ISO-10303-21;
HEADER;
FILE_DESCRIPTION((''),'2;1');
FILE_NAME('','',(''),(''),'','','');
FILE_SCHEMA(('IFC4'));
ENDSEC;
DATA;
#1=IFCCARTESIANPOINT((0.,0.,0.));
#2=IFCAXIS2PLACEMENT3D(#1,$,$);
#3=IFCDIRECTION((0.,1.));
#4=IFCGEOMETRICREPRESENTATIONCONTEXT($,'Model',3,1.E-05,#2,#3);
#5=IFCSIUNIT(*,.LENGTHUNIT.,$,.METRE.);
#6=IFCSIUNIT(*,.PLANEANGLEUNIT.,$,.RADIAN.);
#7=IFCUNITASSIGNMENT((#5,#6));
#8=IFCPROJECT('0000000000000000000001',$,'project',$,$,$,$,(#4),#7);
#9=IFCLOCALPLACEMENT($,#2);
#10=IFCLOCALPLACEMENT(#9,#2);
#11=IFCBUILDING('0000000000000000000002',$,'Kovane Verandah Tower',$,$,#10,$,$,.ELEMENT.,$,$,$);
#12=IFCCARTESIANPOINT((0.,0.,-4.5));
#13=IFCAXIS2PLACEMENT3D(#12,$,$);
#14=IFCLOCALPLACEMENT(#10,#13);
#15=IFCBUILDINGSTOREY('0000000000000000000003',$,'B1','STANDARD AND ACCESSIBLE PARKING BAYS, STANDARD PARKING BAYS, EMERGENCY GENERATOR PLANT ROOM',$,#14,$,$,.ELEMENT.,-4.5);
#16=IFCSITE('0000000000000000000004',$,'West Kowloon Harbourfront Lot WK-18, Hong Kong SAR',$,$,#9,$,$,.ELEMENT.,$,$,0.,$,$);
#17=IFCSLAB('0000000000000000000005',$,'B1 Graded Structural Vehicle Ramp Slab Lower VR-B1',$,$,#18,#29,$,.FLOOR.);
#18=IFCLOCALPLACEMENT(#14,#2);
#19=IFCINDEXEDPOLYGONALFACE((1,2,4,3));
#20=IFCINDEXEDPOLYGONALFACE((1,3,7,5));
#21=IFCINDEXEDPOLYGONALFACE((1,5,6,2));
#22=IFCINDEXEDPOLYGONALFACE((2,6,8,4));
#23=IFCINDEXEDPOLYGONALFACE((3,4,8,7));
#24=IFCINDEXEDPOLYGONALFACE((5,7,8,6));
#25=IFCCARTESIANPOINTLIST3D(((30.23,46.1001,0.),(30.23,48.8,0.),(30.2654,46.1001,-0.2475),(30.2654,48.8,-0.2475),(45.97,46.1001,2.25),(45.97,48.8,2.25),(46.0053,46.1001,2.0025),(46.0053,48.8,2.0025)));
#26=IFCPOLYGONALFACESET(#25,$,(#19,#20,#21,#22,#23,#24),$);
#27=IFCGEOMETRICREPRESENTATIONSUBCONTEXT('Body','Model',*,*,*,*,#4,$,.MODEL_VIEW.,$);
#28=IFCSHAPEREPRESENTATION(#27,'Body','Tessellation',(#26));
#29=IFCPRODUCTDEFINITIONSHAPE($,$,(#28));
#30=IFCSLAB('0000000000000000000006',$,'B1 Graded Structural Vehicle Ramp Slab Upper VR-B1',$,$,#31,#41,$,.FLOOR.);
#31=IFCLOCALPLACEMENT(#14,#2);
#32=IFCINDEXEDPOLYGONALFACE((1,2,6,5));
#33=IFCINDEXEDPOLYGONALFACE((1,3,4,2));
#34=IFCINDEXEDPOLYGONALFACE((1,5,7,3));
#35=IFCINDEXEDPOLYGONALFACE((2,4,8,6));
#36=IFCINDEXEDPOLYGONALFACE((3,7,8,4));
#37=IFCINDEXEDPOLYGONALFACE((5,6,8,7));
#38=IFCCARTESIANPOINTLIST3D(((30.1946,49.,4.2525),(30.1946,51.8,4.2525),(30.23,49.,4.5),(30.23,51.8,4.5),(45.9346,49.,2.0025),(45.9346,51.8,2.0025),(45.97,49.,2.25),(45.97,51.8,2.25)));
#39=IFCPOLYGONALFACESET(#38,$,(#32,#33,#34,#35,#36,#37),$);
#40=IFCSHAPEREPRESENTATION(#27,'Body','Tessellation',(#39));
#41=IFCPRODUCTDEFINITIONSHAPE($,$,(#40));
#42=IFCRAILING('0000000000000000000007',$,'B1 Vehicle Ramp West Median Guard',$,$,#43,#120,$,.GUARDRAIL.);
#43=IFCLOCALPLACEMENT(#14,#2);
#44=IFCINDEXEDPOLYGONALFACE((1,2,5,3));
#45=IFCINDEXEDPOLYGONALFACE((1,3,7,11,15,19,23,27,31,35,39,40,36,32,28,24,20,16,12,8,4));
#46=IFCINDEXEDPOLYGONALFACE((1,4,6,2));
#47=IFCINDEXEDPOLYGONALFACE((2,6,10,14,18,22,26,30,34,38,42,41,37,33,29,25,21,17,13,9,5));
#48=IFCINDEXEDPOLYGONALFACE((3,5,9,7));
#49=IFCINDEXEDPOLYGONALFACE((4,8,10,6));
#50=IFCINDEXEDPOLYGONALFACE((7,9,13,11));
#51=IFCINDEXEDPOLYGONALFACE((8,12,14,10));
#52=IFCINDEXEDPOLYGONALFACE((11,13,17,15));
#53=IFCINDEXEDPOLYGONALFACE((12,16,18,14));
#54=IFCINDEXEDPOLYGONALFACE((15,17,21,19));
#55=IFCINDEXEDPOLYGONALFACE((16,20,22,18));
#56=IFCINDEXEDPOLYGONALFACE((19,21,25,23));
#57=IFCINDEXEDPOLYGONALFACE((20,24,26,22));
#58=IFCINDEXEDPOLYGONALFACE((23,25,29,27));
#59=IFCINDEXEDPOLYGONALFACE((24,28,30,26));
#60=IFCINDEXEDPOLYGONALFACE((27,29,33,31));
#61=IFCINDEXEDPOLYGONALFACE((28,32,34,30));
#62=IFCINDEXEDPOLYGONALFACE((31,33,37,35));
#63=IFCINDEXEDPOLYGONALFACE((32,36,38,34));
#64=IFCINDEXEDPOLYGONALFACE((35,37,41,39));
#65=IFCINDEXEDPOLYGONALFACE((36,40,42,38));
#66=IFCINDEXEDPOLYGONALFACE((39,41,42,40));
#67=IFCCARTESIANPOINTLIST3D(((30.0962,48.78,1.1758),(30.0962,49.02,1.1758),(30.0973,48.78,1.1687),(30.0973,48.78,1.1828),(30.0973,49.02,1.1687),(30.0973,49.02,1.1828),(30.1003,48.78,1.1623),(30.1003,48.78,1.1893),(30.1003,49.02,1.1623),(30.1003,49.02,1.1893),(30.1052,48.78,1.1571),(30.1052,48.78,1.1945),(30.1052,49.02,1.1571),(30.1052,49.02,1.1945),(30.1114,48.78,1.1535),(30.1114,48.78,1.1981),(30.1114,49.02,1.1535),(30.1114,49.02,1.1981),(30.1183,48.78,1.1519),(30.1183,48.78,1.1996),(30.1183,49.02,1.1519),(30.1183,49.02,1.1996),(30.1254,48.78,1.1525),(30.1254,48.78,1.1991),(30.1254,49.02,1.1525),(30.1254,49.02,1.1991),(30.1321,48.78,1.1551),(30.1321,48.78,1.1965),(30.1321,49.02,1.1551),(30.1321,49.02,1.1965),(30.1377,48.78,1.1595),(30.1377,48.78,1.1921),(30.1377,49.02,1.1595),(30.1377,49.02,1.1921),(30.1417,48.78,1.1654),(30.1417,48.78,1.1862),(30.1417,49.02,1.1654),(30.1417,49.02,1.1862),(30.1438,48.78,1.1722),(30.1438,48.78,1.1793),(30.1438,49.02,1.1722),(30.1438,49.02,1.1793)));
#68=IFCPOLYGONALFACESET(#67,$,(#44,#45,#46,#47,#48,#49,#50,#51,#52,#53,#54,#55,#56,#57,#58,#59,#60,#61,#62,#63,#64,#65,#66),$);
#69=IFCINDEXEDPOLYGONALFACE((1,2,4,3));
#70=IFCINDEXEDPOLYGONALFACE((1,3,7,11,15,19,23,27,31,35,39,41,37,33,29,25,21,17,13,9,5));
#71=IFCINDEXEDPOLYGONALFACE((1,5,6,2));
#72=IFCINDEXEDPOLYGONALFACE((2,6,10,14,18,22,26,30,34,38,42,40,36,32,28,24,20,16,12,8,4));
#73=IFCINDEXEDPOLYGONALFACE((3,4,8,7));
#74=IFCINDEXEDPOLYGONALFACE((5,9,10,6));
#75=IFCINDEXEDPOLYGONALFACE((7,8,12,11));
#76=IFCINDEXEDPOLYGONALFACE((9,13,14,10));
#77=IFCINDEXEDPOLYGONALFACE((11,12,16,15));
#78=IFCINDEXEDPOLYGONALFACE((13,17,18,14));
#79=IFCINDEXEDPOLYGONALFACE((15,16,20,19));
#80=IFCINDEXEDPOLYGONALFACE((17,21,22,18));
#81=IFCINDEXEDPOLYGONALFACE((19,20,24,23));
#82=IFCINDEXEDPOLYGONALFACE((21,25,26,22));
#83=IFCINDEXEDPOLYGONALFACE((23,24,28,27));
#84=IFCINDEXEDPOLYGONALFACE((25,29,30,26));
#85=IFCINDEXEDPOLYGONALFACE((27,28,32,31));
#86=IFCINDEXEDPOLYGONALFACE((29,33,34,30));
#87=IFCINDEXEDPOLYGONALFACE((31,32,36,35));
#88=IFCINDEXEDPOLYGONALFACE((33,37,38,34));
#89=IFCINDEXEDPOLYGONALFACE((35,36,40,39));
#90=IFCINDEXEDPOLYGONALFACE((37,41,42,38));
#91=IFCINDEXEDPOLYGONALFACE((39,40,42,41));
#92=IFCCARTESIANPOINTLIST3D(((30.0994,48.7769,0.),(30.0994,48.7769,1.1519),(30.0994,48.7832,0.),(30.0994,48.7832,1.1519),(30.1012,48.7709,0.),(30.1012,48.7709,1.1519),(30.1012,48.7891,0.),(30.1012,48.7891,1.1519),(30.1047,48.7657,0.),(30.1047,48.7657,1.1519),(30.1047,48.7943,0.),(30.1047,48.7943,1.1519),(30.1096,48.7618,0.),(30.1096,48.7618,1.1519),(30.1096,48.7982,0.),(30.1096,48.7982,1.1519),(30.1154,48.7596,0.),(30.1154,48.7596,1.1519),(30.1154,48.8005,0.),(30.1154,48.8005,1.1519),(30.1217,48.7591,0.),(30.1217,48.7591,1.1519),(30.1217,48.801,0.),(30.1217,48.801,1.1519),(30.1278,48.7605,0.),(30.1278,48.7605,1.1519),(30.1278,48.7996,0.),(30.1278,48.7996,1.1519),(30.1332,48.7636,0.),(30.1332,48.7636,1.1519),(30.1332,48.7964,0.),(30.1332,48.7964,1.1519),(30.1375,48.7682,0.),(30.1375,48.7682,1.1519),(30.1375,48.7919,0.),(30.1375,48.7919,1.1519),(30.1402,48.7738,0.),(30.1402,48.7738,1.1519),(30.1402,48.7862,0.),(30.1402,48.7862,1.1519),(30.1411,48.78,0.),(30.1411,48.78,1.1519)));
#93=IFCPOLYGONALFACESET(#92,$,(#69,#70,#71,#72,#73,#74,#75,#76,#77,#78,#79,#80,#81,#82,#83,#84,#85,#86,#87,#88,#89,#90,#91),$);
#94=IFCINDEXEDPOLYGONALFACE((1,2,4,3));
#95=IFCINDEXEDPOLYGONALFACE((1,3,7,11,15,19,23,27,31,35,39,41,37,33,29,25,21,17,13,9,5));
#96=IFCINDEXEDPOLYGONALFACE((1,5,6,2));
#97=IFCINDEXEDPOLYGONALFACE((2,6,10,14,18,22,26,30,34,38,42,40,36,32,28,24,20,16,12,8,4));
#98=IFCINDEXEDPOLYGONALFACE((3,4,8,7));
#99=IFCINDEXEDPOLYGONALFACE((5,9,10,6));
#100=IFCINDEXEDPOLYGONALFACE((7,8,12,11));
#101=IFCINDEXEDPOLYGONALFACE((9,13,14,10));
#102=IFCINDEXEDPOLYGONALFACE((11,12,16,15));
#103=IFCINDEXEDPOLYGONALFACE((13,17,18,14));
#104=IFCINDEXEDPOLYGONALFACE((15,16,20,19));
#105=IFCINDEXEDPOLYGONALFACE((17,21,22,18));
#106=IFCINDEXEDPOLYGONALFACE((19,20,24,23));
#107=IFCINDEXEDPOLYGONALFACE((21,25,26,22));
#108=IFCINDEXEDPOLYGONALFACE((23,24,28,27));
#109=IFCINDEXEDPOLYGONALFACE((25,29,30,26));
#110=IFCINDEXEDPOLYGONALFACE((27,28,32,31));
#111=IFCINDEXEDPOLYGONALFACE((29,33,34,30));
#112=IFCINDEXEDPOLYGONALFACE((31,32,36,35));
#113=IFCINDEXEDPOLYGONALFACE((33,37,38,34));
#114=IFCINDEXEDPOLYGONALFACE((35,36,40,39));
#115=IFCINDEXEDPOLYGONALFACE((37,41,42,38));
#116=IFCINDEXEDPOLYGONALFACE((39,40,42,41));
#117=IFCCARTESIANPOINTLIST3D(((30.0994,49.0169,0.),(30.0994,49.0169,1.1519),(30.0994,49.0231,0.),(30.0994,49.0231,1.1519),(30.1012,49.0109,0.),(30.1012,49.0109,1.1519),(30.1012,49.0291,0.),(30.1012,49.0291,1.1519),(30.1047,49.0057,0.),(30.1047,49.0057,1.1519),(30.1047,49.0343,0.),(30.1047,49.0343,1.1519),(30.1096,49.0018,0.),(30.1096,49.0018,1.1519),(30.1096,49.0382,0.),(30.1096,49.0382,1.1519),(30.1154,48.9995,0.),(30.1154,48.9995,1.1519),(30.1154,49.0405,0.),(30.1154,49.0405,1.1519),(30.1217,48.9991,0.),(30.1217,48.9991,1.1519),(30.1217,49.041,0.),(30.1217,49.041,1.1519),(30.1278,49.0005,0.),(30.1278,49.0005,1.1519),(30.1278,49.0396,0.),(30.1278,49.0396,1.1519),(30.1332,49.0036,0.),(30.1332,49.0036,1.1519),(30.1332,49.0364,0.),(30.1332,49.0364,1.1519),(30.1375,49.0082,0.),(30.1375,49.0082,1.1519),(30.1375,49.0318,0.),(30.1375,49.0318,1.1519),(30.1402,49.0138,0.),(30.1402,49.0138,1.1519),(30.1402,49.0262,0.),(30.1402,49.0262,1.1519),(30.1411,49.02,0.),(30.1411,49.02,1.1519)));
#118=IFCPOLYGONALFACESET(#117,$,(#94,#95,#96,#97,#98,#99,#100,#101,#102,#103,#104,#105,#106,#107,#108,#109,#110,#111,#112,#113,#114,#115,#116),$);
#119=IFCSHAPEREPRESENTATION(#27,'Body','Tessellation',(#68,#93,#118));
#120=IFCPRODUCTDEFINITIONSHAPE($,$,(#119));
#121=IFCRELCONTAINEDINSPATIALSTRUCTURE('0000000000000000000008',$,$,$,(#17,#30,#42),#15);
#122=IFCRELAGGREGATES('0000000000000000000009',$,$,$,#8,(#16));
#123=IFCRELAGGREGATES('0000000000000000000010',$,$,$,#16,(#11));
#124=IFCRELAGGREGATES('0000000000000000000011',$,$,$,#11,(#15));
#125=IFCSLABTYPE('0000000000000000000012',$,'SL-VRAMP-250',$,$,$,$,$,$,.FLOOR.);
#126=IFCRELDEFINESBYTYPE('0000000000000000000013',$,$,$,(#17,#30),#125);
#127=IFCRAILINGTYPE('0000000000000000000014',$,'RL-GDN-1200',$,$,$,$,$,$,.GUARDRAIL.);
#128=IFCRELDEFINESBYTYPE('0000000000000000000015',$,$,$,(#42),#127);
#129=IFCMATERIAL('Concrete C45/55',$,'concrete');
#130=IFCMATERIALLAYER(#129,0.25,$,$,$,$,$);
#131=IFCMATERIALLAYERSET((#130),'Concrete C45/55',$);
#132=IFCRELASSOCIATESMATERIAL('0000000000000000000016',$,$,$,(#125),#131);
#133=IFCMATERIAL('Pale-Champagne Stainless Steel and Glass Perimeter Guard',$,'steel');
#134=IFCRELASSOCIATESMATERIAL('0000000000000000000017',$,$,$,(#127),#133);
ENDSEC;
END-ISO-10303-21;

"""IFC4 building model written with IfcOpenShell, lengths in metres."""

from ifc_helpers import new_model, si_unit, direction, frame, origin, origin_2d, place, context, subcontext, project, spatial, polyline, circle, outline, extrude, material, layer, layer_set, type_object, element, save


model = new_model("IFC4")

# Units and contexts
model_context = context("Model", 3, precision=1e-05, world=origin(), true_north=direction((0.0, 1.0)))
body_context = subcontext(model_context, "Body", "Model", "MODEL_VIEW")
ifc_project = project(units=[si_unit("LENGTHUNIT", "METRE"), si_unit("PLANEANGLEUNIT", "RADIAN")], contexts=[model_context])

# Site, building, storey
site_placement = place(None, origin())
site = spatial("IfcSite", under=ifc_project, at=site_placement, Name="West Kowloon Harbourfront Lot WK-18, Hong Kong SAR", CompositionType="ELEMENT", RefElevation=0.0)
building_placement = place(site_placement, origin())
building = spatial("IfcBuilding", under=site, at=building_placement, Name="Kovane Verandah Tower", CompositionType="ELEMENT")
storey_placement = place(building_placement, frame((0.0, 0.0, -4.5)))
storey = spatial("IfcBuildingStorey", under=building, at=storey_placement, Name="B1", Description="STANDARD AND ACCESSIBLE PARKING BAYS, STANDARD PARKING BAYS, EMERGENCY GENERATOR PLANT ROOM", CompositionType="ELEMENT", Elevation=-4.5)

# Shared definitions
ifc_material_1 = material(Name="Concrete C45/55", Category="concrete")

# Slabs
ifc_layer_1 = layer(ifc_material_1, 0.25)
ifc_layer_set_1 = layer_set([ifc_layer_1], Name="Concrete C45/55")
slab_type = type_object("IfcSlabType", Name="SL-VRAMP-250", PredefinedType="FLOOR", material=ifc_layer_set_1)
slab_1_placement = place(storey_placement, frame((30.23, 46.1001, 0.0), z_axis=(-0.141509, 0.0, 0.989937), x_axis=(0.989937, 0.0, 0.141509)))
element("IfcSlab", 1, at=slab_1_placement, inside=storey, type_object=slab_type, Name="B1 Graded Structural Vehicle Ramp Slab Lower VR-B1", PredefinedType="FLOOR", context=body_context, shape_type="SweptSolid", body=[
    extrude(outline(polyline([(0.0, 0.0), (15.9, 0.0), (15.9, 2.7), (0.0, 2.7), (0.0, 0.0)])), origin(), (0.0, 0.0, -1.0), 0.25),
])
slab_2_placement = place(storey_placement, frame((30.23, 49.0, 4.5), z_axis=(0.141509, 0.0, 0.989937), x_axis=(0.989937, 0.0, -0.141509)))
element("IfcSlab", 2, at=slab_2_placement, inside=storey, type_object=slab_type, Name="B1 Graded Structural Vehicle Ramp Slab Upper VR-B1", PredefinedType="FLOOR", context=body_context, shape_type="SweptSolid", body=[
    extrude(outline(polyline([(0.0, 0.0), (15.9, 0.0), (15.9, 2.8), (0.0, 2.8), (0.0, 0.0)])), origin(), (0.0, 0.0, -1.0), 0.25),
])

# Railing
ifc_material_2 = material(Name="Pale-Champagne Stainless Steel and Glass Perimeter Guard", Category="steel")
railing_type = type_object("IfcRailingType", Name="RL-GDN-1200", PredefinedType="GUARDRAIL", material=ifc_material_2)
railing_1_placement = place(storey_placement, frame((30.1201, 48.78, 0.0)))
element("IfcRailing", 3, at=railing_1_placement, inside=storey, type_object=railing_type, Name="B1 Vehicle Ramp West Median Guard", PredefinedType="GUARDRAIL", context=body_context, shape_type="SweptSolid", body=[
    extrude(circle(Radius=0.0239, at=origin_2d()), frame((0.0, 0.0, 1.1758), z_axis=(0.0, 1.0, 0.0), x_axis=(-1.0, 0.0, 0.0)), (0.0, 0.0, 1.0), 0.24),
    extrude(circle(Radius=0.021, at=origin_2d()), origin(), (0.0, 0.0, 1.0), 1.1519),
    extrude(circle(Radius=0.021, at=origin_2d()), frame((0.0, 0.24, 0.0)), (0.0, 0.0, 1.0), 1.1519),
])

save(model, "model.ifc")
